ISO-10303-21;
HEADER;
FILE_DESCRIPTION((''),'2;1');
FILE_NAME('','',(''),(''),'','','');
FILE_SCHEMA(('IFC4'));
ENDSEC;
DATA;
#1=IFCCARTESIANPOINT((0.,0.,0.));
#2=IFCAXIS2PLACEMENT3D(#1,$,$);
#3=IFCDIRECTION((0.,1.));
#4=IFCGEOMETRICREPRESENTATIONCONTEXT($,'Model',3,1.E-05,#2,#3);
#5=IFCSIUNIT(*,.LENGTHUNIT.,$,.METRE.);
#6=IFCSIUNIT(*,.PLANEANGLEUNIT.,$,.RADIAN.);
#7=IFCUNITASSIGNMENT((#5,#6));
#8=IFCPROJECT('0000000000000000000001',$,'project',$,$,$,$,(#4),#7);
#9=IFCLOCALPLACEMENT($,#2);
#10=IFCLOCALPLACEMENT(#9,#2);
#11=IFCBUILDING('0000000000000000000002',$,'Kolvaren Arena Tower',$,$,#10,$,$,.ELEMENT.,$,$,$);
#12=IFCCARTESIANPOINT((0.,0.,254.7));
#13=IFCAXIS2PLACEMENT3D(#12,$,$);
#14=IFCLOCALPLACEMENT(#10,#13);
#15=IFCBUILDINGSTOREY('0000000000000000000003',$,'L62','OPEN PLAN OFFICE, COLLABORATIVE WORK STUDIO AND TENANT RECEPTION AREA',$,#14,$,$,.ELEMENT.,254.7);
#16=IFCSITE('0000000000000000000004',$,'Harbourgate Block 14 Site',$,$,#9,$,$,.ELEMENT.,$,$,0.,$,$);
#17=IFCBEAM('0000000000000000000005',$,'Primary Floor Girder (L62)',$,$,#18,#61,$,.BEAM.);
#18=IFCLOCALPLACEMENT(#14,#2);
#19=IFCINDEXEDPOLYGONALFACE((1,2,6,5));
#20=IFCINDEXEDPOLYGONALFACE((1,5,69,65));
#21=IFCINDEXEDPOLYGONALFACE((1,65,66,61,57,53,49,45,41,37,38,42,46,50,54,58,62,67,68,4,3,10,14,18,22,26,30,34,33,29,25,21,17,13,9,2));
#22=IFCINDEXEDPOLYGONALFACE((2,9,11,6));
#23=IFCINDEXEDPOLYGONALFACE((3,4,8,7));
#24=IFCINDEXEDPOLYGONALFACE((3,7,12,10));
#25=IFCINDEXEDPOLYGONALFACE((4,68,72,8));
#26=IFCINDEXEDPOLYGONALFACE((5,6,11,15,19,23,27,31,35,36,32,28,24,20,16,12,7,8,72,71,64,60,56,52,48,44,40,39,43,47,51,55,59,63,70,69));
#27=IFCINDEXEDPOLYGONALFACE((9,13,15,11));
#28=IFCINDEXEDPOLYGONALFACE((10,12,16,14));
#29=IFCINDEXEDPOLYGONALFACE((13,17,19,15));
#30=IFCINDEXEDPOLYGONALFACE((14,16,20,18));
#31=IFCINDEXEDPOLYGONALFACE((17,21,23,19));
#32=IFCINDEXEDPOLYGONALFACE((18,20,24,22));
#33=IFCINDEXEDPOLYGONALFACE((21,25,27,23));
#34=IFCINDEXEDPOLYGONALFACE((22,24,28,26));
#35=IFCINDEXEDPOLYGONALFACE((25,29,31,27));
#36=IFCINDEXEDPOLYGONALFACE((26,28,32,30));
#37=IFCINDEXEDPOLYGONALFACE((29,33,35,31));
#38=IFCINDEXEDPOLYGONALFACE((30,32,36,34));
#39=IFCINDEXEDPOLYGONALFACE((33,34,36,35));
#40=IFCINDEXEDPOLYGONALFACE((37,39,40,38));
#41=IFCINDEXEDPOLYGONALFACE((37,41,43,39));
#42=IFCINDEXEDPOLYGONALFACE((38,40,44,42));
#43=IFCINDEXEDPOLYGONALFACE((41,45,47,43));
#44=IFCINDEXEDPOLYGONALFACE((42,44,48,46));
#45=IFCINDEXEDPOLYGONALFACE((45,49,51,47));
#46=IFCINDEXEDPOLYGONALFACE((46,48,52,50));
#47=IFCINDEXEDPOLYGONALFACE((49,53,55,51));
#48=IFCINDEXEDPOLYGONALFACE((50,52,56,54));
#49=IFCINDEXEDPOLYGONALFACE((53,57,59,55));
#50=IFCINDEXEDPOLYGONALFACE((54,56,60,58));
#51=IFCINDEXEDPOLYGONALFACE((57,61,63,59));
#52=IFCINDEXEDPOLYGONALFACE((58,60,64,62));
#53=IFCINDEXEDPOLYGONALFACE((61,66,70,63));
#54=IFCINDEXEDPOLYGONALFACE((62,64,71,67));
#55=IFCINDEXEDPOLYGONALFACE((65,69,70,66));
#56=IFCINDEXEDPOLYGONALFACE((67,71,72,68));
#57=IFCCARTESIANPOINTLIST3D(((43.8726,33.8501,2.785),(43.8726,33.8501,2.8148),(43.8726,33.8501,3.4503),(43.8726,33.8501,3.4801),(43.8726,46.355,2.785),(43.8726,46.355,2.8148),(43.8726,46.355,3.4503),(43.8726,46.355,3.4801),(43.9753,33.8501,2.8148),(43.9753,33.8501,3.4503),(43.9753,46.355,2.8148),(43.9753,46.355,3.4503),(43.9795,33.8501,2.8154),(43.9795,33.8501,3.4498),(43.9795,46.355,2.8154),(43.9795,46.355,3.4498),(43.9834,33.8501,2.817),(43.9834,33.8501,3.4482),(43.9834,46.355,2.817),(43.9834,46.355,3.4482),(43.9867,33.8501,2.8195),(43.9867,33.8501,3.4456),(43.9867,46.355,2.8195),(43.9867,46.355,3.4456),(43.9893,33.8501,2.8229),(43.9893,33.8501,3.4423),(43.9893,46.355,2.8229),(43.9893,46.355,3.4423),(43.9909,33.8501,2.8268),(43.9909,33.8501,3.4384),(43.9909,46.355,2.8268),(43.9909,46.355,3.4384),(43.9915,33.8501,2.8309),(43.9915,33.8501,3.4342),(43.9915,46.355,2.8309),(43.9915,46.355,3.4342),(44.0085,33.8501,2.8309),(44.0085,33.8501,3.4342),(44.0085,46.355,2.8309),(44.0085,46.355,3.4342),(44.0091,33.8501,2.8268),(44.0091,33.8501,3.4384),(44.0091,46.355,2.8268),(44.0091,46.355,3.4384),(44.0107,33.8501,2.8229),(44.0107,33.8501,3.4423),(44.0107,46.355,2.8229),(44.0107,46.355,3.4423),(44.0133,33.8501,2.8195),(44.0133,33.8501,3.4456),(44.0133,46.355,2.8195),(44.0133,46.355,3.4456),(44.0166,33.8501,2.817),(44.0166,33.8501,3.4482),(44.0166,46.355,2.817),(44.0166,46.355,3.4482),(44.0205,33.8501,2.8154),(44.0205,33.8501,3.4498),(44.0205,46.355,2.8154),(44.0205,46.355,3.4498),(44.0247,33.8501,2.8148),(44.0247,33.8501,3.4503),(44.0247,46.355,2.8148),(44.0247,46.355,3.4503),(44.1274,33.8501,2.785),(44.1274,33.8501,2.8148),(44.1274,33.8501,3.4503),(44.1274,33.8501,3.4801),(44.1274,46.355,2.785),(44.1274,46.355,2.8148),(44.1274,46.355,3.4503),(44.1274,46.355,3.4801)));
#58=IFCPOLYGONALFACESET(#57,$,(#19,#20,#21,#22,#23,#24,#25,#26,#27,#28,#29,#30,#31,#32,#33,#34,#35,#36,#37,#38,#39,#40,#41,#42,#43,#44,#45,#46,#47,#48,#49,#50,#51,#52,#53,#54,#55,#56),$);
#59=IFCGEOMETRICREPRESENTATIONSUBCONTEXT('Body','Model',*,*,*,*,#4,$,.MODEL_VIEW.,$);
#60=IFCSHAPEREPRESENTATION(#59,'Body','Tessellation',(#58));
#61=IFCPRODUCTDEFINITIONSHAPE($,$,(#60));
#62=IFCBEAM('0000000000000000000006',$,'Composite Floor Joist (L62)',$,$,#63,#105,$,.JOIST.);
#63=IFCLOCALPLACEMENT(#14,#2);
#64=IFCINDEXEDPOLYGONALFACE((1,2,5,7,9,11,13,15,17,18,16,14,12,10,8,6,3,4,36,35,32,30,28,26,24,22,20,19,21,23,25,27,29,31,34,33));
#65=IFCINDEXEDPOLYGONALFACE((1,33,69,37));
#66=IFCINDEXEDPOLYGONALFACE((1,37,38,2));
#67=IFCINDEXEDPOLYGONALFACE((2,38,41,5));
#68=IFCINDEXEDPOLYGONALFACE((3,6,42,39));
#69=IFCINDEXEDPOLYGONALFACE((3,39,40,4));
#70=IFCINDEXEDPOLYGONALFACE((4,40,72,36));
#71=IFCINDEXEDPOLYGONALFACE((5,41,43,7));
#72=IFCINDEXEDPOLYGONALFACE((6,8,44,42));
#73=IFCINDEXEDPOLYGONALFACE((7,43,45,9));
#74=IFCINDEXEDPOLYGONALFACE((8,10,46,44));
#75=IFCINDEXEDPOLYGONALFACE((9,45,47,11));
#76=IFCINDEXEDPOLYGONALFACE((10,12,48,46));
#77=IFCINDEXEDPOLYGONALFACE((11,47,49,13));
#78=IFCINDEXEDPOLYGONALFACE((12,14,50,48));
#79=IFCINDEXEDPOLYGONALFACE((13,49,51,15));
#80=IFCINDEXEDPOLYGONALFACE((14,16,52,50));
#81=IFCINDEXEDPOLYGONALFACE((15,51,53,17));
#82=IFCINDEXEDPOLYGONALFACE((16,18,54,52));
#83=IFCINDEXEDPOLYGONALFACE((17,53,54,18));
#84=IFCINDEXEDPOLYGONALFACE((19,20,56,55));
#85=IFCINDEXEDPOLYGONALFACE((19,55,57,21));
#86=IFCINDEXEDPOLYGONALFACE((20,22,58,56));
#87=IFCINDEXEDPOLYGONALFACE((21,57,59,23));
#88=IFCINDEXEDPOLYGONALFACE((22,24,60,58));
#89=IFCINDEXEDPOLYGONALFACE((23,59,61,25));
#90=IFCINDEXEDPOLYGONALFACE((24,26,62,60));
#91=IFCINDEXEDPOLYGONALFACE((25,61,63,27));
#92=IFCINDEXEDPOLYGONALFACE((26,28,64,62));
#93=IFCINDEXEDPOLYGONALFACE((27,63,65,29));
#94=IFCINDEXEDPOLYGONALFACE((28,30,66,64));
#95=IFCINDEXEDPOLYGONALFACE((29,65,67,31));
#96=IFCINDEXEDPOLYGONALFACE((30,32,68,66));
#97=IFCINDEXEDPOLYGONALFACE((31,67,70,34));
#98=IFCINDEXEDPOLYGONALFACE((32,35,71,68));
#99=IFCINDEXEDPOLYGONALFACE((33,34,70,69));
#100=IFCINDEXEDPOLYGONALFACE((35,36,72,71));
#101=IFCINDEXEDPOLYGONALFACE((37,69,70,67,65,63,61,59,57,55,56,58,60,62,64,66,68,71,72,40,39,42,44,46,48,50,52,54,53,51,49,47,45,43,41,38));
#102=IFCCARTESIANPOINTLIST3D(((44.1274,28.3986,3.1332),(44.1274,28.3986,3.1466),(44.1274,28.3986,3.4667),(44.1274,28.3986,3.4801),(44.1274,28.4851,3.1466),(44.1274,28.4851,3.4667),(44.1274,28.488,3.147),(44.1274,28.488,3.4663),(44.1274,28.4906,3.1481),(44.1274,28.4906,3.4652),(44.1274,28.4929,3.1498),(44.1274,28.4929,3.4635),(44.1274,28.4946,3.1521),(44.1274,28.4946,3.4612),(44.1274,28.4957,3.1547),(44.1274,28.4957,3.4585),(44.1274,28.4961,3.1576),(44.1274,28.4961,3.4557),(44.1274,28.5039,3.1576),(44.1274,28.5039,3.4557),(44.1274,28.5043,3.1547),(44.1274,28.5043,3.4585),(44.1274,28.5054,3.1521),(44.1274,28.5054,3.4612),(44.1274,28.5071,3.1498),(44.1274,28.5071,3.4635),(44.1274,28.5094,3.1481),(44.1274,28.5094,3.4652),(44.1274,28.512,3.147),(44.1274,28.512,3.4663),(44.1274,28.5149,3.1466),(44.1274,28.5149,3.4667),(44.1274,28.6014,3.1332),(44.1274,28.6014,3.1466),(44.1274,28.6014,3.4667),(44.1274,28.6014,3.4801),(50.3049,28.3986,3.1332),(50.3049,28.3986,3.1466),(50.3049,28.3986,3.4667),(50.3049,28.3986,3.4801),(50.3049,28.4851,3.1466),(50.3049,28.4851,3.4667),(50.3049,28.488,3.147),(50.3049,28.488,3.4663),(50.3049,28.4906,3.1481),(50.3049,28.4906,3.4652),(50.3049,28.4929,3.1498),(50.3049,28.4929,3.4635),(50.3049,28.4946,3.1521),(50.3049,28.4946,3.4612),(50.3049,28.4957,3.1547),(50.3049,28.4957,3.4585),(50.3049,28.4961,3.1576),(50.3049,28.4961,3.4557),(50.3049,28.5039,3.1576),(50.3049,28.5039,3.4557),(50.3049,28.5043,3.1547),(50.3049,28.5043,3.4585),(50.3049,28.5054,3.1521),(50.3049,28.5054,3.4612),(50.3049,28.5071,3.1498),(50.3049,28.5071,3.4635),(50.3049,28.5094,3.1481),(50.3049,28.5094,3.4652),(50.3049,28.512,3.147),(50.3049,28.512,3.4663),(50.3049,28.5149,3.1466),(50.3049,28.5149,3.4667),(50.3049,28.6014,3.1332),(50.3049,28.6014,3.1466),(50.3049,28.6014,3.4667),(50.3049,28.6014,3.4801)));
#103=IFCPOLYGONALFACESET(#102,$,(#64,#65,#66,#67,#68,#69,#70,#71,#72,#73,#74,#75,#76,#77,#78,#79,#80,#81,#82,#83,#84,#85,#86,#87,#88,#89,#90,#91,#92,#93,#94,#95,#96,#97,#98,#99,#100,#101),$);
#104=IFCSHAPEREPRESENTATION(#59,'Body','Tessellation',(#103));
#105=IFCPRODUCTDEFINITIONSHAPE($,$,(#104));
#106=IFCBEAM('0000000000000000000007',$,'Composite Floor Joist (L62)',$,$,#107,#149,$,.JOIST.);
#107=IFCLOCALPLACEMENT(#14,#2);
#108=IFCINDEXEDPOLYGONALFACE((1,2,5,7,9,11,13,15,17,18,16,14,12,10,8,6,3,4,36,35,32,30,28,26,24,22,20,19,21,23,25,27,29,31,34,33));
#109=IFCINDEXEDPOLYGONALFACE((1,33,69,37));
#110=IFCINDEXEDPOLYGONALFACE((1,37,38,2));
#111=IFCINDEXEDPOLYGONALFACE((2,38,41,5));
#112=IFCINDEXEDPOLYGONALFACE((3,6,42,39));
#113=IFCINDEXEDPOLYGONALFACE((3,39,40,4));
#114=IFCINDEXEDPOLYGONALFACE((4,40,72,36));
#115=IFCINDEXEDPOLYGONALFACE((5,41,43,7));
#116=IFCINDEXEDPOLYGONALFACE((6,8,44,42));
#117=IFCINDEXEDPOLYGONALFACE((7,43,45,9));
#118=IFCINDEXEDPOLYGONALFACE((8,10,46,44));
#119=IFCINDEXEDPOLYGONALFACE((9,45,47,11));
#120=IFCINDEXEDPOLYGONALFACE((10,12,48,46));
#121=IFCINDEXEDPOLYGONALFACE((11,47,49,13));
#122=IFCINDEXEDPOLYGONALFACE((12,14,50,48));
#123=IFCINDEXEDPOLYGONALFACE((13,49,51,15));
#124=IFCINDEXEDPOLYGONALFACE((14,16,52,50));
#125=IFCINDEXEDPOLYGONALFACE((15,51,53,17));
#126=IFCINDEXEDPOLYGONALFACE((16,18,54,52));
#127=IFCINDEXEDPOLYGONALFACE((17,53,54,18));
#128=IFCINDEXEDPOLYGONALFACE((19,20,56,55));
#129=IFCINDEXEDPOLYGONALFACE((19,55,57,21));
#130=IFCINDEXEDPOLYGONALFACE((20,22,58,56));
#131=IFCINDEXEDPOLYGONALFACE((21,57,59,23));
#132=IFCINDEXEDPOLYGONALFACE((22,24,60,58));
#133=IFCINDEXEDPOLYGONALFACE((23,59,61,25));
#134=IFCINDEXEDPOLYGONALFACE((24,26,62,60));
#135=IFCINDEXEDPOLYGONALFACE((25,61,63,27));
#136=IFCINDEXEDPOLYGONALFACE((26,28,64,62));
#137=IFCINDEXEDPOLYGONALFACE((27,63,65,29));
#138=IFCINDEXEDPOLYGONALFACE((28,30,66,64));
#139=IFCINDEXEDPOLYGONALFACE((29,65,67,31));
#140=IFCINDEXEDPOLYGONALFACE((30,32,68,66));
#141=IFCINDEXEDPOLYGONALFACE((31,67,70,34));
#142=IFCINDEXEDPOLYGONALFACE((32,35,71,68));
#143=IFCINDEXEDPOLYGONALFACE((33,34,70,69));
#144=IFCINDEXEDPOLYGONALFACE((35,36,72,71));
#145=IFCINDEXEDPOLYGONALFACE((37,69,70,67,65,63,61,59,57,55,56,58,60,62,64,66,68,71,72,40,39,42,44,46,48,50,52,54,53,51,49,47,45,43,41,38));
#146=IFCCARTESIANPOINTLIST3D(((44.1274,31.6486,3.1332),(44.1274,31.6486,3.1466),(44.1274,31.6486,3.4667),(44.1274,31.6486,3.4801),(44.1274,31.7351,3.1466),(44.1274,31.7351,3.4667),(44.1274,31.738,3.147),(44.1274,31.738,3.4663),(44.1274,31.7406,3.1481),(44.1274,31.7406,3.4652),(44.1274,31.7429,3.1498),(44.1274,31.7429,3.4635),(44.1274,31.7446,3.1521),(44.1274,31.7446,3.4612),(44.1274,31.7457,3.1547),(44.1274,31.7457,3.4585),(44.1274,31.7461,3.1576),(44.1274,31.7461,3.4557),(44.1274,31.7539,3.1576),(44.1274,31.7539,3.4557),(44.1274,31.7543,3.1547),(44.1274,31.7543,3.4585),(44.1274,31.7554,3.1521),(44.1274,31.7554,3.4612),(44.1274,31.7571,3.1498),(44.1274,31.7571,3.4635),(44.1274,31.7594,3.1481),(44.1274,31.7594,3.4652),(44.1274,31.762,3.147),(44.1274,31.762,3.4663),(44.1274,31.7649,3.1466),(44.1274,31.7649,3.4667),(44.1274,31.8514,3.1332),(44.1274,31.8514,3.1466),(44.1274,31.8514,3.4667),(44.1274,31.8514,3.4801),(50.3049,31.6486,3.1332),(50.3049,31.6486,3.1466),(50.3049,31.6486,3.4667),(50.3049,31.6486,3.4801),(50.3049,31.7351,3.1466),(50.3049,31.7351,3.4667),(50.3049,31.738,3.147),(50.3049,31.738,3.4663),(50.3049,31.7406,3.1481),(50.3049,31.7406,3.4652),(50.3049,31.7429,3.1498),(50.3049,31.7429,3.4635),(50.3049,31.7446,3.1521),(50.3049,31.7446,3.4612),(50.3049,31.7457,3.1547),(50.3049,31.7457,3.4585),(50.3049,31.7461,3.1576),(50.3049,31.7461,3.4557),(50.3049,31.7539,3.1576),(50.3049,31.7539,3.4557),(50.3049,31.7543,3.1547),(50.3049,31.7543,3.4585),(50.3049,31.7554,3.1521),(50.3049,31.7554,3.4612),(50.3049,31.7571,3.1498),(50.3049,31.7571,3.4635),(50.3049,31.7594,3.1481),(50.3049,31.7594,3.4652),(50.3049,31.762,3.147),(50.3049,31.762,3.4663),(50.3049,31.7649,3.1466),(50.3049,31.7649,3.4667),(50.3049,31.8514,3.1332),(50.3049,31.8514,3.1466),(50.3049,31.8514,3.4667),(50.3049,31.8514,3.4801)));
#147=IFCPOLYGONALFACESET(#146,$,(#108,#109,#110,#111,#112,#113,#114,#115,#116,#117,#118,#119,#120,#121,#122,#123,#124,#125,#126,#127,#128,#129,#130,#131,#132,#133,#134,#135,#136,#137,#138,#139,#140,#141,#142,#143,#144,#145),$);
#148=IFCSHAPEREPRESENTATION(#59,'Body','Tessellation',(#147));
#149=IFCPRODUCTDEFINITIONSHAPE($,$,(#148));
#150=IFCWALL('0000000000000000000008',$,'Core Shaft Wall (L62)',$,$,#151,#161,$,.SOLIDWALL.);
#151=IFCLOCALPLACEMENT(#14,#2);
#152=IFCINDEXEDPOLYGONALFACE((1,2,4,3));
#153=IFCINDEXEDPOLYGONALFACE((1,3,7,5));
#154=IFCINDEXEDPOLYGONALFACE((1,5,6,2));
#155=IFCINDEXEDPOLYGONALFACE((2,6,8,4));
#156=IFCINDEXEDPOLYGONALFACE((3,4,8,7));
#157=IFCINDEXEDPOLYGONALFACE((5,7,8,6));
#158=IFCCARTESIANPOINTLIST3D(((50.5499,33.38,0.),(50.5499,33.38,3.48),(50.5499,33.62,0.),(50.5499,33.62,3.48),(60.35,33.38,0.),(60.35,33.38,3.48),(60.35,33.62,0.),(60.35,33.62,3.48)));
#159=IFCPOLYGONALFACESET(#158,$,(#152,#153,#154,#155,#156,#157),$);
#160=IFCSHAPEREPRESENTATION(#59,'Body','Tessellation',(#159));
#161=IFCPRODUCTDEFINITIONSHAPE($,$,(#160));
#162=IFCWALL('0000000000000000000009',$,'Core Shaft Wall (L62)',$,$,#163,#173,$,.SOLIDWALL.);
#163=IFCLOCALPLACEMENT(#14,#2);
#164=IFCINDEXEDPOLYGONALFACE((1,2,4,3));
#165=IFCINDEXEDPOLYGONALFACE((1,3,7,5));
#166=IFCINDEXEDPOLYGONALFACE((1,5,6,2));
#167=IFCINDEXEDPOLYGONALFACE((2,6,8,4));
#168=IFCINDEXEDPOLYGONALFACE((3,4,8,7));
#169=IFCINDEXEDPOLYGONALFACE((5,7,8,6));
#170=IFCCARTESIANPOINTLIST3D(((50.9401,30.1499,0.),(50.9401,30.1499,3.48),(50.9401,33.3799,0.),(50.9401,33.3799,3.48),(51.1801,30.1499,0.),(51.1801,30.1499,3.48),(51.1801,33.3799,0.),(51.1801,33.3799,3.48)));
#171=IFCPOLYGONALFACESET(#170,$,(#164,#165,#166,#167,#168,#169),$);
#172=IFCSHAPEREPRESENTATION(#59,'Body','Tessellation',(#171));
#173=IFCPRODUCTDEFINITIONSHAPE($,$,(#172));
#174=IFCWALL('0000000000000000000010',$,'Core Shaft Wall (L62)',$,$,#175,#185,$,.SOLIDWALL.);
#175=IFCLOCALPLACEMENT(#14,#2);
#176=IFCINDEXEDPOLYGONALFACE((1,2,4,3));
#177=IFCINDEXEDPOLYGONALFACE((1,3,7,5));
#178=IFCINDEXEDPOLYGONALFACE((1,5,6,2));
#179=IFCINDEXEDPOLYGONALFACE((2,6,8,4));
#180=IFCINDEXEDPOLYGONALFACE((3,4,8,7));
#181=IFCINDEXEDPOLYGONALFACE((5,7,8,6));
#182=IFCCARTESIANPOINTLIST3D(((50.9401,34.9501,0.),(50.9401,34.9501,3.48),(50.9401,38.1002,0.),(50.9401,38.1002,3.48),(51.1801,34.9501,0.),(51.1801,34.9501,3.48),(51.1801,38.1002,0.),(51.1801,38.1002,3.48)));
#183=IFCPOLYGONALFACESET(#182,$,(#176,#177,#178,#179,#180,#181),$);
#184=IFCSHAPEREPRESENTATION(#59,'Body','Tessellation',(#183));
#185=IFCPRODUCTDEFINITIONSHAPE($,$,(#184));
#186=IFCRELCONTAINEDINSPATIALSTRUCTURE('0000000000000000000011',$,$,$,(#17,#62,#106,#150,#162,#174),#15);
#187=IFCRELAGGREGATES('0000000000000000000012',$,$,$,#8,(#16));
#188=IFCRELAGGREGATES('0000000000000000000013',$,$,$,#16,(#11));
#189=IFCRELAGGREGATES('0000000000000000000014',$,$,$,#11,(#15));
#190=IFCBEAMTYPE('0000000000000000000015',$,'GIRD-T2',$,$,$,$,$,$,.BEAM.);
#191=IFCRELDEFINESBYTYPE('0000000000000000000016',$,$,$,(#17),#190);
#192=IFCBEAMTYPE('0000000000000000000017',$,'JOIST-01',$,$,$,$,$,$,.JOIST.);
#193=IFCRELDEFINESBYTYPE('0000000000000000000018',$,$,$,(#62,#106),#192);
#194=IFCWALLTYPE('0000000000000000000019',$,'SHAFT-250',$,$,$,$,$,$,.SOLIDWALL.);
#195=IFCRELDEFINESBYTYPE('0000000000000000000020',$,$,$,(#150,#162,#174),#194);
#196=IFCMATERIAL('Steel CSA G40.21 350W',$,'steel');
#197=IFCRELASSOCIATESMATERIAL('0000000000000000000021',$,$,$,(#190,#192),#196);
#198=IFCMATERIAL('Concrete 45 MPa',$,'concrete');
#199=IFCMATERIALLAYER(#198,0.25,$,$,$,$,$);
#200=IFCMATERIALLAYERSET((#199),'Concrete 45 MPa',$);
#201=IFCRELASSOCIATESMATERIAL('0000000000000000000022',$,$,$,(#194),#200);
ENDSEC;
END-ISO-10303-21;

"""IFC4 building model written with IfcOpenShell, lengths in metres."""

from ifc_helpers import new_model, si_unit, direction, frame, frame_2d, origin, origin_2d, place, context, subcontext, project, spatial, rectangle, i_section, extrude, material, layer, layer_set, material_profile, profile_set, type_object, element, save


model = new_model("IFC4")

# Units and contexts
model_context = context("Model", 3, precision=1e-05, world=origin(), true_north=direction((0.0, 1.0)))
body_context = subcontext(model_context, "Body", "Model", "MODEL_VIEW")
ifc_project = project(units=[si_unit("LENGTHUNIT", "METRE"), si_unit("PLANEANGLEUNIT", "RADIAN")], contexts=[model_context])

# Site, building, storey
site_placement = place(None, origin())
site = spatial("IfcSite", under=ifc_project, at=site_placement, Name="Harbourgate Block 14 Site", CompositionType="ELEMENT", RefElevation=0.0)
building_placement = place(site_placement, origin())
building = spatial("IfcBuilding", under=site, at=building_placement, Name="Kolvaren Arena Tower", CompositionType="ELEMENT")
storey_placement = place(building_placement, frame((0.0, 0.0, 254.7)))
storey = spatial("IfcBuildingStorey", under=building, at=storey_placement, Name="L62", Description="OPEN PLAN OFFICE, COLLABORATIVE WORK STUDIO AND TENANT RECEPTION AREA", CompositionType="ELEMENT", Elevation=254.7)

# Beams
ifc_material_1 = material(Name="Steel CSA G40.21 350W", Category="steel")
ifc_material_profile_1 = material_profile(ifc_material_1, i_section(OverallWidth=0.2549, OverallDepth=0.6951, WebThickness=0.0171, FlangeThickness=0.0298, FilletRadius=0.0161, at=origin_2d()), Name="W690x217")
ifc_profile_set_1 = profile_set([ifc_material_profile_1], Name="Steel CSA G40.21 350W")
beam_type_1 = type_object("IfcBeamType", Name="GIRD-T2", PredefinedType="BEAM", material=ifc_profile_set_1)
beam_1_placement = place(storey_placement, frame((44.0, 33.8501, 3.1326), z_axis=(0.0, 1.0, 0.0), x_axis=(-1.0, 0.0, 0.0)))
element("IfcBeam", 1, at=beam_1_placement, inside=storey, type_object=beam_type_1, Name="Primary Floor Girder (L62)", PredefinedType="BEAM", context=body_context, shape_type="SweptSolid", body=[
    extrude(i_section(OverallWidth=0.2549, OverallDepth=0.6951, WebThickness=0.0171, FlangeThickness=0.0298, FilletRadius=0.0161, at=origin_2d()), origin(), (0.0, 0.0, 1.0), 12.5049),
])
ifc_material_profile_2 = material_profile(ifc_material_1, i_section(OverallWidth=0.2029, OverallDepth=0.3469, WebThickness=0.0078, FlangeThickness=0.0134, FilletRadius=0.011, at=origin_2d()), Name="W360x64")
ifc_profile_set_2 = profile_set([ifc_material_profile_2], Name="Steel CSA G40.21 350W")
beam_type_2 = type_object("IfcBeamType", Name="JOIST-01", PredefinedType="JOIST", material=ifc_profile_set_2)
for number, where, z_axis, x_axis, name in (
    (2, (44.1274, 28.5, 3.3066), (1.0, 0.0, 0.0), (0.0, 1.0, 0.0), "Composite Floor Joist (L62)"),
    (3, (44.1274, 31.75, 3.3066), (1.0, 0.0, 0.0), (0.0, 1.0, 0.0), "Composite Floor Joist (L62)"),
):
    element("IfcBeam", number, at=place(storey_placement, frame(where, z_axis=z_axis, x_axis=x_axis)), inside=storey, type_object=beam_type_2, Name=name, PredefinedType="JOIST", context=body_context, shape_type="SweptSolid", body=[
        extrude(i_section(OverallWidth=0.2029, OverallDepth=0.3469, WebThickness=0.0078, FlangeThickness=0.0134, FilletRadius=0.011, at=origin_2d()), origin(), (0.0, 0.0, 1.0), 6.1775),
    ])

# Walls
ifc_material_2 = material(Name="Concrete 45 MPa", Category="concrete")
ifc_layer = layer(ifc_material_2, 0.25)
ifc_layer_set = layer_set([ifc_layer], Name="Concrete 45 MPa")
wall_type = type_object("IfcWallType", Name="SHAFT-250", PredefinedType="SOLIDWALL", material=ifc_layer_set)
wall_1_placement = place(storey_placement, frame((50.55, 33.5, 0.0), z_axis=(0.0, 0.0, 1.0), x_axis=(1.0, 0.0, 0.0)))
element("IfcWall", 4, at=wall_1_placement, inside=storey, type_object=wall_type, Name="Core Shaft Wall (L62)", PredefinedType="SOLIDWALL", context=body_context, shape_type="SweptSolid", body=[
    extrude(rectangle(XDim=9.8, YDim=0.24, at=frame_2d((4.8999, 0.0))), origin(), (0.0, 0.0, 1.0), 3.48),
])
wall_2_placement = place(storey_placement, frame((51.0601, 30.1499, 0.0), z_axis=(0.0, 0.0, 1.0), x_axis=(0.0, 1.0, 0.0)))
element("IfcWall", 5, at=wall_2_placement, inside=storey, type_object=wall_type, Name="Core Shaft Wall (L62)", PredefinedType="SOLIDWALL", context=body_context, shape_type="SweptSolid", body=[
    extrude(rectangle(XDim=3.23, YDim=0.24, at=frame_2d((1.615, 0.0))), origin(), (0.0, 0.0, 1.0), 3.48),
])
wall_3_placement = place(storey_placement, frame((51.0601, 34.95, 0.0), z_axis=(0.0, 0.0, 1.0), x_axis=(0.0, 1.0, 0.0)))
element("IfcWall", 6, at=wall_3_placement, inside=storey, type_object=wall_type, Name="Core Shaft Wall (L62)", PredefinedType="SOLIDWALL", context=body_context, shape_type="SweptSolid", body=[
    extrude(rectangle(XDim=3.1501, YDim=0.24, at=frame_2d((1.5752, 0.0))), origin(), (0.0, 0.0, 1.0), 3.48),
])

save(model, "model.ifc")
